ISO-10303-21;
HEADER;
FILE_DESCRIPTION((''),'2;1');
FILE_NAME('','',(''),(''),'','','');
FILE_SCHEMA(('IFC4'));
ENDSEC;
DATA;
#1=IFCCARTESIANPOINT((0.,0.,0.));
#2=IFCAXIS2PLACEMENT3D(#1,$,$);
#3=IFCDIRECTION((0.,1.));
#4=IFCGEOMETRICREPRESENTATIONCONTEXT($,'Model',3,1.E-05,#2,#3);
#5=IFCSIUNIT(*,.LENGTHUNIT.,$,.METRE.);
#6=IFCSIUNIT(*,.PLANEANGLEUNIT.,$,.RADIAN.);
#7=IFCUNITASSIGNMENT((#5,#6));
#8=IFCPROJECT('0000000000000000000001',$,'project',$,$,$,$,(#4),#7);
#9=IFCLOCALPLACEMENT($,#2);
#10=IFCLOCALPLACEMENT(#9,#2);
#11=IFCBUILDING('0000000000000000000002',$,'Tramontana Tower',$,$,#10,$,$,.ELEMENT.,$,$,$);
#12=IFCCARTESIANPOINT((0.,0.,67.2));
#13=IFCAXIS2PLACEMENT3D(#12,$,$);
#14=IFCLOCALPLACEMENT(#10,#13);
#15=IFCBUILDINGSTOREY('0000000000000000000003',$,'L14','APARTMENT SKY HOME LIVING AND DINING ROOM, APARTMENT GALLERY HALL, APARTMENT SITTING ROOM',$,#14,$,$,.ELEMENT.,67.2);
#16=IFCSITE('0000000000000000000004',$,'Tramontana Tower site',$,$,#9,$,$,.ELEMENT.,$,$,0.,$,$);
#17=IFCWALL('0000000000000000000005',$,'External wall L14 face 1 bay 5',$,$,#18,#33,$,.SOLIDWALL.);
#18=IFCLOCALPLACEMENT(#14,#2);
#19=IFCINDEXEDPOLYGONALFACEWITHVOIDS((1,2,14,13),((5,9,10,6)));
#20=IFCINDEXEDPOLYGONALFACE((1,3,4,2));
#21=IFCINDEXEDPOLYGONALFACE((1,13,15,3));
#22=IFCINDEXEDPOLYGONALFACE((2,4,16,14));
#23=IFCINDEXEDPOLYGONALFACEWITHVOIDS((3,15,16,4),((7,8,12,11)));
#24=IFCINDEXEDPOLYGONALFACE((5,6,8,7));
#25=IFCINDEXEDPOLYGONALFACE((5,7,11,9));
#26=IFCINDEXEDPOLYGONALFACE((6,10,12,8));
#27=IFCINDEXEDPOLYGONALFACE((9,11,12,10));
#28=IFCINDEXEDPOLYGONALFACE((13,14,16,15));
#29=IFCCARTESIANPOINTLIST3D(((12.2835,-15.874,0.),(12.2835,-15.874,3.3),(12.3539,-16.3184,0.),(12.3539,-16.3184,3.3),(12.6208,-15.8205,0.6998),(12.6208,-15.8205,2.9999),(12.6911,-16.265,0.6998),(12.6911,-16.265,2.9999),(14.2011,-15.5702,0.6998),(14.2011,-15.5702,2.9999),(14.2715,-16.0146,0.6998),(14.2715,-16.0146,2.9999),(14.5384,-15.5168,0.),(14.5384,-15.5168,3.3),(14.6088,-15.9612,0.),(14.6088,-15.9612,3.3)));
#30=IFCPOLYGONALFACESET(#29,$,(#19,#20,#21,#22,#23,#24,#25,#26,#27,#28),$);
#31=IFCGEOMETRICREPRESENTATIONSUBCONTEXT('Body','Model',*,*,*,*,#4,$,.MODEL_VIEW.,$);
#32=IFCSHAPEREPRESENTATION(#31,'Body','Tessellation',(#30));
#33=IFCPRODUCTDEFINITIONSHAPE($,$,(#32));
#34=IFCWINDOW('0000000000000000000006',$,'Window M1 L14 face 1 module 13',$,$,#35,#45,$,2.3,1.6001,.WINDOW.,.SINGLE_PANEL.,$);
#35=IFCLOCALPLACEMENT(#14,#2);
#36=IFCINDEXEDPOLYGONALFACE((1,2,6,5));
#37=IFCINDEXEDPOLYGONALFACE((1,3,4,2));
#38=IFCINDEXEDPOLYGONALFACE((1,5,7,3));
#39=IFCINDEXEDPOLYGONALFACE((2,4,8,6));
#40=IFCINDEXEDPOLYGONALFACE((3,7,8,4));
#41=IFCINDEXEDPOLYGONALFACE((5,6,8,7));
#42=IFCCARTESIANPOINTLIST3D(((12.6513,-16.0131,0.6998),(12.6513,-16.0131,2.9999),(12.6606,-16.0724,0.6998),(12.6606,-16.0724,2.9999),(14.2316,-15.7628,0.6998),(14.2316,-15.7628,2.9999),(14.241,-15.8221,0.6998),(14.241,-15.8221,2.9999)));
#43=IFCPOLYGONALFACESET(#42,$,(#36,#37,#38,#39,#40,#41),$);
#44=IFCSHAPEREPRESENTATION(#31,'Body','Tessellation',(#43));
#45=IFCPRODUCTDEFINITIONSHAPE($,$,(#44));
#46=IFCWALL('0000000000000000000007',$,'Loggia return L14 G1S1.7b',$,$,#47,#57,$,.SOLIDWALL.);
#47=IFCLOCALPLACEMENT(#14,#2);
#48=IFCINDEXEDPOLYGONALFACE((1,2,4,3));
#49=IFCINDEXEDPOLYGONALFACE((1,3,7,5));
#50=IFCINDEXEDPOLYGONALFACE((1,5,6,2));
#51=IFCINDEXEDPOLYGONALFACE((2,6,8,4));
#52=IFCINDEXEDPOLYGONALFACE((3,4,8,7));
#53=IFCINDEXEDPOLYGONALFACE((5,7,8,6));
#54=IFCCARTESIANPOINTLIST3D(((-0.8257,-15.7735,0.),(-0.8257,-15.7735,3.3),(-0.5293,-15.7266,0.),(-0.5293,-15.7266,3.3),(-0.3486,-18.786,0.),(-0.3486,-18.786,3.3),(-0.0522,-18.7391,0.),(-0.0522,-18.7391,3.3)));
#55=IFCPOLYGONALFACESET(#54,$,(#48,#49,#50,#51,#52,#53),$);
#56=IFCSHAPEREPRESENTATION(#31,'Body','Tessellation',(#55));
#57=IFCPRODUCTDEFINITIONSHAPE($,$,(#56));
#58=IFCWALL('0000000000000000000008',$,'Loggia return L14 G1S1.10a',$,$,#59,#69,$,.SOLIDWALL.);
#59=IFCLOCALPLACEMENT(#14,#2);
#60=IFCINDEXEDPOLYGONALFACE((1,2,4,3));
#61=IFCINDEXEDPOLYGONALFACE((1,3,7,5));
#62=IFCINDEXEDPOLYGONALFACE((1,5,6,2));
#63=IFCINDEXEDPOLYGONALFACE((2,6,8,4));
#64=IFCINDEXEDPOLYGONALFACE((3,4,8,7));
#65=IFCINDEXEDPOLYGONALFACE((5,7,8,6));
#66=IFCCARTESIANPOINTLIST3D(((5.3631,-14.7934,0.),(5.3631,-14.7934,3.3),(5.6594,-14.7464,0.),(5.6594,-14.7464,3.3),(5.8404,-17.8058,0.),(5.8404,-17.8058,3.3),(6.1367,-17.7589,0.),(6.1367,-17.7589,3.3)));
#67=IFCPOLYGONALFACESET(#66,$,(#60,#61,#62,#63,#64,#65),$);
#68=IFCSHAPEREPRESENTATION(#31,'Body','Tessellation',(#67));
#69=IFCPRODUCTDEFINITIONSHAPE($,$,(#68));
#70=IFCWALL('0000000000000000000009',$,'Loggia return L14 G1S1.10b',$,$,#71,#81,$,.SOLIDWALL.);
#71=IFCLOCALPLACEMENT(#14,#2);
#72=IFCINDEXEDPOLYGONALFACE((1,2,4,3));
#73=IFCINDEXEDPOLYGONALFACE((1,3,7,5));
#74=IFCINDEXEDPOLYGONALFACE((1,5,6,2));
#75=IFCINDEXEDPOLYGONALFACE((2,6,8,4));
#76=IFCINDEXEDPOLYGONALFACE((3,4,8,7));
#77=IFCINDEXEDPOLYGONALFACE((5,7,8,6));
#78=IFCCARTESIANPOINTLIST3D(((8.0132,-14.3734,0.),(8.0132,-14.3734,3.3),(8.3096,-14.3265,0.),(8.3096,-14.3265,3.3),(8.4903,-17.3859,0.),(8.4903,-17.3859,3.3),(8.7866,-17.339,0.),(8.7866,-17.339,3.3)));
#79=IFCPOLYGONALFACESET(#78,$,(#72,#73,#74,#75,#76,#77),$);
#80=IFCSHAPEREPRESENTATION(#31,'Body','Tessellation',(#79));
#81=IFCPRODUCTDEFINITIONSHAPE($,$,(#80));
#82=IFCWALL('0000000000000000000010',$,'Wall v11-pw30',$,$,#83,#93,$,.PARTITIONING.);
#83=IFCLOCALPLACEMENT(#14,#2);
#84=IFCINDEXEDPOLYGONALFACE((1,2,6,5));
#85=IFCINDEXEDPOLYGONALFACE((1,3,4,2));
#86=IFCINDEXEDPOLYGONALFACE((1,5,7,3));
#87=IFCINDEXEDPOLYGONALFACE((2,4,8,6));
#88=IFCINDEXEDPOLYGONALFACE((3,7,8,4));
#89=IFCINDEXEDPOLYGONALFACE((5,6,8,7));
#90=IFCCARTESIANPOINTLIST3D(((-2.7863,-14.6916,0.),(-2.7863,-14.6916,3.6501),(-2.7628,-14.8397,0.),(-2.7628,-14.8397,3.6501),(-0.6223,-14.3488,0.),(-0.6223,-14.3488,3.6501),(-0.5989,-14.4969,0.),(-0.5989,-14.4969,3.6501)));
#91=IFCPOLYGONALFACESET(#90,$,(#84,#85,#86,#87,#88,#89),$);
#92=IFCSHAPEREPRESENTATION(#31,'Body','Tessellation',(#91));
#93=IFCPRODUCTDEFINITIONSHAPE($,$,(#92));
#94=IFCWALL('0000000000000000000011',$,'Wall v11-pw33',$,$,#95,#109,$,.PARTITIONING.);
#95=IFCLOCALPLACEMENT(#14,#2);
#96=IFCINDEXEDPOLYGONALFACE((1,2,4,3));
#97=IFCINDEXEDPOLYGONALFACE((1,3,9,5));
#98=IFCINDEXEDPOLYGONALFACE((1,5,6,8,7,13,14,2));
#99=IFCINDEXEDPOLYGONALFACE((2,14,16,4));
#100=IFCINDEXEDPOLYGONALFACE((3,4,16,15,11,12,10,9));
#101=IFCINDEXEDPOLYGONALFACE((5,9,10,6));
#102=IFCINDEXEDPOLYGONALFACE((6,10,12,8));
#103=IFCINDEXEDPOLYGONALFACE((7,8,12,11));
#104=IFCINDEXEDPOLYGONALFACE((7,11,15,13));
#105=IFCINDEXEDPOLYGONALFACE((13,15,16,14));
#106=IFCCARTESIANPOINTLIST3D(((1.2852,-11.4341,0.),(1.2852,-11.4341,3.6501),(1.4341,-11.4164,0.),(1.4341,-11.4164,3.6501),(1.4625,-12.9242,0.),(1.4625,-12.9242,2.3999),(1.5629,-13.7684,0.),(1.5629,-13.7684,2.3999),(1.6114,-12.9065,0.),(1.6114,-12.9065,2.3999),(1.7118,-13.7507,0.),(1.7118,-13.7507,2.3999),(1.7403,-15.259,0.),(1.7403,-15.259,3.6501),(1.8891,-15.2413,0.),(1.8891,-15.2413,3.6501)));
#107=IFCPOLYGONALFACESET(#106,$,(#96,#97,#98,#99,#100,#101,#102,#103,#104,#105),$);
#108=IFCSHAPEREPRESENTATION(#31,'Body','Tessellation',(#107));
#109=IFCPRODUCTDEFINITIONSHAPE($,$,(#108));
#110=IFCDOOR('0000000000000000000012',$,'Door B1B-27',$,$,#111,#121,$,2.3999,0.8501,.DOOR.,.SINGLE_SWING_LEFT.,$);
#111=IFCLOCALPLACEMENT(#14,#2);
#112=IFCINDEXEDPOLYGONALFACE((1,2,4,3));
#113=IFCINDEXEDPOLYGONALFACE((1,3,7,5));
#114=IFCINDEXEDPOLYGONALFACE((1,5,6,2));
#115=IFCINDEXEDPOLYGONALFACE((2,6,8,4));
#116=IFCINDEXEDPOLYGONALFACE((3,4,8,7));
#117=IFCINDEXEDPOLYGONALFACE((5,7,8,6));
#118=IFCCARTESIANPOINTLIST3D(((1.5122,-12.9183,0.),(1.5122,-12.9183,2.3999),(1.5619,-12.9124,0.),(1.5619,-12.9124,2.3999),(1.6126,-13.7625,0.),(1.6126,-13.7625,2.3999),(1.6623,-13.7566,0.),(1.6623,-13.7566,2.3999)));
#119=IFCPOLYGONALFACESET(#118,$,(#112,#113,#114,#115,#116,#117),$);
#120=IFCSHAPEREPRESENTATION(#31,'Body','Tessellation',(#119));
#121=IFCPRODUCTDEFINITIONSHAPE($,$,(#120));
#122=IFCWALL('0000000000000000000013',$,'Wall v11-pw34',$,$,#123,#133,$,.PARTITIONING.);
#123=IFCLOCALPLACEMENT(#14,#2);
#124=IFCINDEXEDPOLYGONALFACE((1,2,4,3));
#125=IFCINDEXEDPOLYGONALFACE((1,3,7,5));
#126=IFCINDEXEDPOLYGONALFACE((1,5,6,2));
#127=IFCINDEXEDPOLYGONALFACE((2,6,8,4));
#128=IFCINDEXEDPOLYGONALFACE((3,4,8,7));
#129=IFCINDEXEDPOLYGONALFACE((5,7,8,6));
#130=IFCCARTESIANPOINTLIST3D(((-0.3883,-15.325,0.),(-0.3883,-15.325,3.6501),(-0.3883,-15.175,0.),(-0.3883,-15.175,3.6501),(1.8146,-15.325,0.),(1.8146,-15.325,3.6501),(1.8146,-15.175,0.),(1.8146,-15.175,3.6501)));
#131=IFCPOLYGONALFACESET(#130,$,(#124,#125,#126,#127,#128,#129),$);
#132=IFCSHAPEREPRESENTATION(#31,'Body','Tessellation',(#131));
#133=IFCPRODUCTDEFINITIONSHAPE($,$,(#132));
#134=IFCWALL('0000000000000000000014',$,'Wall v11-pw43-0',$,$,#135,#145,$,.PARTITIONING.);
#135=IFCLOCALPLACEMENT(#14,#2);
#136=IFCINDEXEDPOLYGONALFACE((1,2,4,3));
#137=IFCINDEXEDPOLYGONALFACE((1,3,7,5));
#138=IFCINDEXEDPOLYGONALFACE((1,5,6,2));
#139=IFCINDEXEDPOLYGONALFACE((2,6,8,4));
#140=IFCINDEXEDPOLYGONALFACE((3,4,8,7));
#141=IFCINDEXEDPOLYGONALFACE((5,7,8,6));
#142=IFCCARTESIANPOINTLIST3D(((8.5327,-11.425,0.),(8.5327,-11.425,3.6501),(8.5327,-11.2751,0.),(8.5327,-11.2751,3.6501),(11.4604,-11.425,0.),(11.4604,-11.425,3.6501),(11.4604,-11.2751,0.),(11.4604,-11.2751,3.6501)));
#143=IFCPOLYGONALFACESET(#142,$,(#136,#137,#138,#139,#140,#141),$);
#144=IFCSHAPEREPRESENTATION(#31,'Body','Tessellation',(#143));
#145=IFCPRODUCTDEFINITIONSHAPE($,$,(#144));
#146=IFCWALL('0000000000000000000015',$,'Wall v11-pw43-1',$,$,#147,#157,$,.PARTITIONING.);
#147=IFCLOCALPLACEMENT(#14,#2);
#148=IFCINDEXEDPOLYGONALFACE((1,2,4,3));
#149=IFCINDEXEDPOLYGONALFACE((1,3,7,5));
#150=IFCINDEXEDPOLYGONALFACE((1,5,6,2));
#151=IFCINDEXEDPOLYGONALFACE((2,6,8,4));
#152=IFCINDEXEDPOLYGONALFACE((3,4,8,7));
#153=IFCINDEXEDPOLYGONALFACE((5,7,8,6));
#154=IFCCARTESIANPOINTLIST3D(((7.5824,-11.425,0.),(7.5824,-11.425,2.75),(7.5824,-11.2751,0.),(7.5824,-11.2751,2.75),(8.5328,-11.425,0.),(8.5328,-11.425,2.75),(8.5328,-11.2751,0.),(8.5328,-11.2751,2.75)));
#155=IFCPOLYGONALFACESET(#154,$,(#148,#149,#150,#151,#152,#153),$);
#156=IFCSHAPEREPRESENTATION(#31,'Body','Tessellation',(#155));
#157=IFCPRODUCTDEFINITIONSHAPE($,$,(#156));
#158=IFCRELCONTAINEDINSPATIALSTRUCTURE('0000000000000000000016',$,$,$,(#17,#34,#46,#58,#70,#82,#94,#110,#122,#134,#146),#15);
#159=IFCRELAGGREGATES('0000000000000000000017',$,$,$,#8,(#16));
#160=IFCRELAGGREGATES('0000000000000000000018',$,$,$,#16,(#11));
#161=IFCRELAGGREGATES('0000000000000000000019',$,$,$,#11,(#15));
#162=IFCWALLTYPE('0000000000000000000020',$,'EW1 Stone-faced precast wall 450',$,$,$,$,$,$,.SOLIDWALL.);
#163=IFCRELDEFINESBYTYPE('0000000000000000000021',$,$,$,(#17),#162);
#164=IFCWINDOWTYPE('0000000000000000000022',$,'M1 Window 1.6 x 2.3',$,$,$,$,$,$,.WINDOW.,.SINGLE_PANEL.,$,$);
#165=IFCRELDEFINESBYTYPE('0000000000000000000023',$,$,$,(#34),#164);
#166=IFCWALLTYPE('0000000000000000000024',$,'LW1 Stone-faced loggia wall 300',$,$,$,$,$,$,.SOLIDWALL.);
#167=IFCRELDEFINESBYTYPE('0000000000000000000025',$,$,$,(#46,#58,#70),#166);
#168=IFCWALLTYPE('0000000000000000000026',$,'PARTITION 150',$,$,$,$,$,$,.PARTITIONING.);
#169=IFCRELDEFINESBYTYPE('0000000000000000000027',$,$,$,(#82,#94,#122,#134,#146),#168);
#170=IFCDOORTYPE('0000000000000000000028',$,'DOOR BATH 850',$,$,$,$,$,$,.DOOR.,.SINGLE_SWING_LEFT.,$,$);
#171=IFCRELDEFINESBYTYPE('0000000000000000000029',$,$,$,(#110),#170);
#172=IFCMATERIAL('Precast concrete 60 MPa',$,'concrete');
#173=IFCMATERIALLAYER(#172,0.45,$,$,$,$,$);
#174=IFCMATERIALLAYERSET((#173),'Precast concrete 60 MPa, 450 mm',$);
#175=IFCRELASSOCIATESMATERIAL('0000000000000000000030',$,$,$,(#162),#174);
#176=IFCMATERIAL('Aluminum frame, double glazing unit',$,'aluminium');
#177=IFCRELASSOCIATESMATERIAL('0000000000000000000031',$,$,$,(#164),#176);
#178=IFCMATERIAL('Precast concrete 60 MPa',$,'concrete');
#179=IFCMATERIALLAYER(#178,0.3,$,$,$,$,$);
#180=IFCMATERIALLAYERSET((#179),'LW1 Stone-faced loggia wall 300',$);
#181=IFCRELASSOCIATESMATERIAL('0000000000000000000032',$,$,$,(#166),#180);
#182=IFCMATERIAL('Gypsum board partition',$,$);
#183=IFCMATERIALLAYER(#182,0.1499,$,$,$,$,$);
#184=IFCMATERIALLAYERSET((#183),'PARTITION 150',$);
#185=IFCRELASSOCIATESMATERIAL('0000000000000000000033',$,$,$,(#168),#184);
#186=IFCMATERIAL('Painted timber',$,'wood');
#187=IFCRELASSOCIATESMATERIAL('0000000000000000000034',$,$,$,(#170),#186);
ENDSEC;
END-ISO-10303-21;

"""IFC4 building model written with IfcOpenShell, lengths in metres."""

from ifc_helpers import new_model, si_unit, direction, frame, frame_2d, origin, place, context, subcontext, project, spatial, rectangle, extrude, material, layer, layer_set, type_object, element, fill, save


model = new_model("IFC4")

# Units and contexts
model_context = context("Model", 3, precision=1e-05, world=origin(), true_north=direction((0.0, 1.0)))
body_context = subcontext(model_context, "Body", "Model", "MODEL_VIEW")
ifc_project = project(units=[si_unit("LENGTHUNIT", "METRE"), si_unit("PLANEANGLEUNIT", "RADIAN")], contexts=[model_context])

# Site, building, storey
site_placement = place(None, origin())
site = spatial("IfcSite", under=ifc_project, at=site_placement, Name="Tramontana Tower site", CompositionType="ELEMENT", RefElevation=0.0)
building_placement = place(site_placement, origin())
building = spatial("IfcBuilding", under=site, at=building_placement, Name="Tramontana Tower", CompositionType="ELEMENT")
storey_placement = place(building_placement, frame((0.0, 0.0, 67.2)))
storey = spatial("IfcBuildingStorey", under=building, at=storey_placement, Name="L14", Description="APARTMENT SKY HOME LIVING AND DINING ROOM, APARTMENT GALLERY HALL, APARTMENT SITTING ROOM", CompositionType="ELEMENT", Elevation=67.2)

# Wall, opening, window
ifc_material_1 = material(Name="Precast concrete 60 MPa", Category="concrete")
ifc_layer_1 = layer(ifc_material_1, 0.45)
ifc_layer_set_1 = layer_set([ifc_layer_1], Name="Precast concrete 60 MPa, 450 mm")
wall_type_1 = type_object("IfcWallType", Name="EW1 Stone-faced precast wall 450", PredefinedType="SOLIDWALL", material=ifc_layer_set_1)
ifc_material_2 = material(Name="Aluminum frame, double glazing unit", Category="aluminium")
window_type_1 = type_object("IfcWindowType", Name="M1 Window 1.6 x 2.3", PartitioningType="SINGLE_PANEL", PredefinedType="WINDOW", material=ifc_material_2)
wall_1_placement = place(storey_placement, frame((12.3186, -16.0962, 0.0), z_axis=(0.0, 0.0, 1.0), x_axis=(0.987686, 0.156451, 0.0)))
wall_1 = element("IfcWall", 1, at=wall_1_placement, inside=storey, type_object=wall_type_1, Name="External wall L14 face 1 bay 5", PredefinedType="SOLIDWALL", context=body_context, shape_type="SweptSolid", body=[
    extrude(rectangle(XDim=2.283, YDim=0.45, at=frame_2d((1.1416, 0.0))), origin(), (0.0, 0.0, 1.0), 3.3),
])
opening_1_placement = place(wall_1_placement, frame((0.3416, 0.0, 0.7)))
opening_1 = element("IfcOpeningElement", 2, at=opening_1_placement, cuts=wall_1, PredefinedType="OPENING", context=body_context, shape_type="SweptSolid", body=[
    extrude(rectangle(XDim=1.6001, YDim=2.3, at=frame_2d((0.8, 1.1499))), frame((0.0, 0.2349, 0.0), z_axis=(0.0, -1.0, 0.0), x_axis=(1.0, 0.0, 0.0)), (0.0, 0.0, 1.0), 0.47),
])
window_1_placement = place(opening_1_placement, origin())
window_1 = element("IfcWindow", 3, at=window_1_placement, inside=storey, type_object=window_type_1, Name="Window M1 L14 face 1 module 13", OverallHeight=2.3, OverallWidth=1.6001, PartitioningType="SINGLE_PANEL", PredefinedType="WINDOW", context=body_context, shape_type="SweptSolid", body=[
    extrude(rectangle(XDim=1.6001, YDim=2.3, at=frame_2d((0.8, 1.1499))), frame((0.0, 0.03, 0.0), z_axis=(0.0, -1.0, 0.0), x_axis=(1.0, 0.0, 0.0)), (0.0, 0.0, 1.0), 0.0601),
])
fill(opening_1, window_1)

# Wall
ifc_material_3 = material(Name="Precast concrete 60 MPa", Category="concrete")
ifc_layer_2 = layer(ifc_material_3, 0.3)
ifc_layer_set_2 = layer_set([ifc_layer_2], Name="LW1 Stone-faced loggia wall 300")
wall_type_2 = type_object("IfcWallType", Name="LW1 Stone-faced loggia wall 300", PredefinedType="SOLIDWALL", material=ifc_layer_set_2)
wall_2_placement = place(storey_placement, frame((-0.2004, -18.7625, 0.0), z_axis=(0.0, 0.0, 1.0), x_axis=(-0.156411, 0.987692, 0.0)))
element("IfcWall", 4, at=wall_2_placement, inside=storey, type_object=wall_type_2, Name="Loggia return L14 G1S1.7b", PredefinedType="SOLIDWALL", context=body_context, shape_type="SweptSolid", body=[
    extrude(rectangle(XDim=3.05, YDim=0.3, at=frame_2d((1.5249, 0.0))), origin(), (0.0, 0.0, 1.0), 3.3),
])

# Walls
for number, where, z_axis, x_axis, name in (
    (5, (5.9885, -17.7822, 0.0), (0.0, 0.0, 1.0), (-0.156489, 0.98768, 0.0), "Loggia return L14 G1S1.10a"),
    (6, (8.6384, -17.3623, 0.0), (0.0, 0.0, 1.0), (-0.156411, 0.987692, 0.0), "Loggia return L14 G1S1.10b"),
):
    element("IfcWall", number, at=place(storey_placement, frame(where, z_axis=z_axis, x_axis=x_axis)), inside=storey, type_object=wall_type_2, Name=name, PredefinedType="SOLIDWALL", context=body_context, shape_type="SweptSolid", body=[
        extrude(rectangle(XDim=3.05, YDim=0.3, at=frame_2d((1.5249, 0.0))), origin(), (0.0, 0.0, 1.0), 3.3),
    ])
ifc_material_4 = material(Name="Gypsum board partition")
ifc_layer_3 = layer(ifc_material_4, 0.1499)
ifc_layer_set_3 = layer_set([ifc_layer_3], Name="PARTITION 150")
wall_type_3 = type_object("IfcWallType", Name="PARTITION 150", PredefinedType="PARTITIONING", material=ifc_layer_set_3)
wall_3_placement = place(storey_placement, frame((-0.6106, -14.4229, 0.0), z_axis=(0.0, 0.0, 1.0), x_axis=(-0.987684, -0.15646, 0.0)))
element("IfcWall", 7, at=wall_3_placement, inside=storey, type_object=wall_type_3, Name="Wall v11-pw30", PredefinedType="PARTITIONING", context=body_context, shape_type="SweptSolid", body=[
    extrude(rectangle(XDim=2.1909, YDim=0.1499, at=frame_2d((1.0955, 0.0))), origin(), (0.0, 0.0, 1.0), 3.6501),
])

# Wall, opening, door
wall_4_placement = place(storey_placement, frame((1.8147, -15.25, 0.0), z_axis=(0.0, 0.0, 1.0), x_axis=(-0.118143, 0.992997, 0.0)))
wall_4 = element("IfcWall", 8, at=wall_4_placement, inside=storey, type_object=wall_type_3, Name="Wall v11-pw33", PredefinedType="PARTITIONING", context=body_context, shape_type="SweptSolid", body=[
    extrude(rectangle(XDim=3.8518, YDim=0.1499, at=frame_2d((1.9258, 0.0))), origin(), (0.0, 0.0, 1.0), 3.6501),
])
opening_2_placement = place(wall_4_placement, frame((1.501, 0.0, 0.0)))
opening_2 = element("IfcOpeningElement", 9, at=opening_2_placement, cuts=wall_4, PredefinedType="OPENING", context=body_context, shape_type="SweptSolid", body=[
    extrude(rectangle(XDim=0.8501, YDim=2.3999, at=frame_2d((0.425, 1.2))), frame((0.0, 0.085, 0.0), z_axis=(0.0, -1.0, 0.0), x_axis=(1.0, 0.0, 0.0)), (0.0, 0.0, 1.0), 0.1699),
])
ifc_material_5 = material(Name="Painted timber", Category="wood")
door_type_1 = type_object("IfcDoorType", Name="DOOR BATH 850", OperationType="SINGLE_SWING_LEFT", PredefinedType="DOOR", material=ifc_material_5)
door_1_placement = place(opening_2_placement, origin())
door_1 = element("IfcDoor", 10, at=door_1_placement, inside=storey, type_object=door_type_1, Name="Door B1B-27", OperationType="SINGLE_SWING_LEFT", OverallHeight=2.3999, OverallWidth=0.8501, PredefinedType="DOOR", context=body_context, shape_type="SweptSolid", body=[
    extrude(rectangle(XDim=0.8501, YDim=2.3999, at=frame_2d((0.425, 1.2))), frame((0.0, 0.0249, 0.0), z_axis=(0.0, -1.0, 0.0), x_axis=(1.0, 0.0, 0.0)), (0.0, 0.0, 1.0), 0.05),
])
fill(opening_2, door_1)

# Walls
wall_5_placement = place(storey_placement, frame((1.8147, -15.25, 0.0), z_axis=(0.0, 0.0, 1.0), x_axis=(-1.0, 0.0, 0.0)))
element("IfcWall", 11, at=wall_5_placement, inside=storey, type_object=wall_type_3, Name="Wall v11-pw34", PredefinedType="PARTITIONING", context=body_context, shape_type="SweptSolid", body=[
    extrude(rectangle(XDim=2.2029, YDim=0.1499, at=frame_2d((1.1016, 0.0))), origin(), (0.0, 0.0, 1.0), 3.6501),
])
wall_6_placement = place(storey_placement, frame((11.4604, -11.3501, 0.0), z_axis=(0.0, 0.0, 1.0), x_axis=(-1.0, 0.0, 0.0)))
element("IfcWall", 12, at=wall_6_placement, inside=storey, type_object=wall_type_3, Name="Wall v11-pw43-0", PredefinedType="PARTITIONING", context=body_context, shape_type="SweptSolid", body=[
    extrude(rectangle(XDim=2.9277, YDim=0.1499, at=frame_2d((1.4639, 0.0))), origin(), (0.0, 0.0, 1.0), 3.6501),
])
wall_7_placement = place(storey_placement, frame((8.5327, -11.3501, 0.0), z_axis=(0.0, 0.0, 1.0), x_axis=(-1.0, 0.0, 0.0)))
element("IfcWall", 13, at=wall_7_placement, inside=storey, type_object=wall_type_3, Name="Wall v11-pw43-1", PredefinedType="PARTITIONING", context=body_context, shape_type="SweptSolid", body=[
    extrude(rectangle(XDim=0.9504, YDim=0.1499, at=frame_2d((0.4751, 0.0))), origin(), (0.0, 0.0, 1.0), 2.75),
])

save(model, "model.ifc")
